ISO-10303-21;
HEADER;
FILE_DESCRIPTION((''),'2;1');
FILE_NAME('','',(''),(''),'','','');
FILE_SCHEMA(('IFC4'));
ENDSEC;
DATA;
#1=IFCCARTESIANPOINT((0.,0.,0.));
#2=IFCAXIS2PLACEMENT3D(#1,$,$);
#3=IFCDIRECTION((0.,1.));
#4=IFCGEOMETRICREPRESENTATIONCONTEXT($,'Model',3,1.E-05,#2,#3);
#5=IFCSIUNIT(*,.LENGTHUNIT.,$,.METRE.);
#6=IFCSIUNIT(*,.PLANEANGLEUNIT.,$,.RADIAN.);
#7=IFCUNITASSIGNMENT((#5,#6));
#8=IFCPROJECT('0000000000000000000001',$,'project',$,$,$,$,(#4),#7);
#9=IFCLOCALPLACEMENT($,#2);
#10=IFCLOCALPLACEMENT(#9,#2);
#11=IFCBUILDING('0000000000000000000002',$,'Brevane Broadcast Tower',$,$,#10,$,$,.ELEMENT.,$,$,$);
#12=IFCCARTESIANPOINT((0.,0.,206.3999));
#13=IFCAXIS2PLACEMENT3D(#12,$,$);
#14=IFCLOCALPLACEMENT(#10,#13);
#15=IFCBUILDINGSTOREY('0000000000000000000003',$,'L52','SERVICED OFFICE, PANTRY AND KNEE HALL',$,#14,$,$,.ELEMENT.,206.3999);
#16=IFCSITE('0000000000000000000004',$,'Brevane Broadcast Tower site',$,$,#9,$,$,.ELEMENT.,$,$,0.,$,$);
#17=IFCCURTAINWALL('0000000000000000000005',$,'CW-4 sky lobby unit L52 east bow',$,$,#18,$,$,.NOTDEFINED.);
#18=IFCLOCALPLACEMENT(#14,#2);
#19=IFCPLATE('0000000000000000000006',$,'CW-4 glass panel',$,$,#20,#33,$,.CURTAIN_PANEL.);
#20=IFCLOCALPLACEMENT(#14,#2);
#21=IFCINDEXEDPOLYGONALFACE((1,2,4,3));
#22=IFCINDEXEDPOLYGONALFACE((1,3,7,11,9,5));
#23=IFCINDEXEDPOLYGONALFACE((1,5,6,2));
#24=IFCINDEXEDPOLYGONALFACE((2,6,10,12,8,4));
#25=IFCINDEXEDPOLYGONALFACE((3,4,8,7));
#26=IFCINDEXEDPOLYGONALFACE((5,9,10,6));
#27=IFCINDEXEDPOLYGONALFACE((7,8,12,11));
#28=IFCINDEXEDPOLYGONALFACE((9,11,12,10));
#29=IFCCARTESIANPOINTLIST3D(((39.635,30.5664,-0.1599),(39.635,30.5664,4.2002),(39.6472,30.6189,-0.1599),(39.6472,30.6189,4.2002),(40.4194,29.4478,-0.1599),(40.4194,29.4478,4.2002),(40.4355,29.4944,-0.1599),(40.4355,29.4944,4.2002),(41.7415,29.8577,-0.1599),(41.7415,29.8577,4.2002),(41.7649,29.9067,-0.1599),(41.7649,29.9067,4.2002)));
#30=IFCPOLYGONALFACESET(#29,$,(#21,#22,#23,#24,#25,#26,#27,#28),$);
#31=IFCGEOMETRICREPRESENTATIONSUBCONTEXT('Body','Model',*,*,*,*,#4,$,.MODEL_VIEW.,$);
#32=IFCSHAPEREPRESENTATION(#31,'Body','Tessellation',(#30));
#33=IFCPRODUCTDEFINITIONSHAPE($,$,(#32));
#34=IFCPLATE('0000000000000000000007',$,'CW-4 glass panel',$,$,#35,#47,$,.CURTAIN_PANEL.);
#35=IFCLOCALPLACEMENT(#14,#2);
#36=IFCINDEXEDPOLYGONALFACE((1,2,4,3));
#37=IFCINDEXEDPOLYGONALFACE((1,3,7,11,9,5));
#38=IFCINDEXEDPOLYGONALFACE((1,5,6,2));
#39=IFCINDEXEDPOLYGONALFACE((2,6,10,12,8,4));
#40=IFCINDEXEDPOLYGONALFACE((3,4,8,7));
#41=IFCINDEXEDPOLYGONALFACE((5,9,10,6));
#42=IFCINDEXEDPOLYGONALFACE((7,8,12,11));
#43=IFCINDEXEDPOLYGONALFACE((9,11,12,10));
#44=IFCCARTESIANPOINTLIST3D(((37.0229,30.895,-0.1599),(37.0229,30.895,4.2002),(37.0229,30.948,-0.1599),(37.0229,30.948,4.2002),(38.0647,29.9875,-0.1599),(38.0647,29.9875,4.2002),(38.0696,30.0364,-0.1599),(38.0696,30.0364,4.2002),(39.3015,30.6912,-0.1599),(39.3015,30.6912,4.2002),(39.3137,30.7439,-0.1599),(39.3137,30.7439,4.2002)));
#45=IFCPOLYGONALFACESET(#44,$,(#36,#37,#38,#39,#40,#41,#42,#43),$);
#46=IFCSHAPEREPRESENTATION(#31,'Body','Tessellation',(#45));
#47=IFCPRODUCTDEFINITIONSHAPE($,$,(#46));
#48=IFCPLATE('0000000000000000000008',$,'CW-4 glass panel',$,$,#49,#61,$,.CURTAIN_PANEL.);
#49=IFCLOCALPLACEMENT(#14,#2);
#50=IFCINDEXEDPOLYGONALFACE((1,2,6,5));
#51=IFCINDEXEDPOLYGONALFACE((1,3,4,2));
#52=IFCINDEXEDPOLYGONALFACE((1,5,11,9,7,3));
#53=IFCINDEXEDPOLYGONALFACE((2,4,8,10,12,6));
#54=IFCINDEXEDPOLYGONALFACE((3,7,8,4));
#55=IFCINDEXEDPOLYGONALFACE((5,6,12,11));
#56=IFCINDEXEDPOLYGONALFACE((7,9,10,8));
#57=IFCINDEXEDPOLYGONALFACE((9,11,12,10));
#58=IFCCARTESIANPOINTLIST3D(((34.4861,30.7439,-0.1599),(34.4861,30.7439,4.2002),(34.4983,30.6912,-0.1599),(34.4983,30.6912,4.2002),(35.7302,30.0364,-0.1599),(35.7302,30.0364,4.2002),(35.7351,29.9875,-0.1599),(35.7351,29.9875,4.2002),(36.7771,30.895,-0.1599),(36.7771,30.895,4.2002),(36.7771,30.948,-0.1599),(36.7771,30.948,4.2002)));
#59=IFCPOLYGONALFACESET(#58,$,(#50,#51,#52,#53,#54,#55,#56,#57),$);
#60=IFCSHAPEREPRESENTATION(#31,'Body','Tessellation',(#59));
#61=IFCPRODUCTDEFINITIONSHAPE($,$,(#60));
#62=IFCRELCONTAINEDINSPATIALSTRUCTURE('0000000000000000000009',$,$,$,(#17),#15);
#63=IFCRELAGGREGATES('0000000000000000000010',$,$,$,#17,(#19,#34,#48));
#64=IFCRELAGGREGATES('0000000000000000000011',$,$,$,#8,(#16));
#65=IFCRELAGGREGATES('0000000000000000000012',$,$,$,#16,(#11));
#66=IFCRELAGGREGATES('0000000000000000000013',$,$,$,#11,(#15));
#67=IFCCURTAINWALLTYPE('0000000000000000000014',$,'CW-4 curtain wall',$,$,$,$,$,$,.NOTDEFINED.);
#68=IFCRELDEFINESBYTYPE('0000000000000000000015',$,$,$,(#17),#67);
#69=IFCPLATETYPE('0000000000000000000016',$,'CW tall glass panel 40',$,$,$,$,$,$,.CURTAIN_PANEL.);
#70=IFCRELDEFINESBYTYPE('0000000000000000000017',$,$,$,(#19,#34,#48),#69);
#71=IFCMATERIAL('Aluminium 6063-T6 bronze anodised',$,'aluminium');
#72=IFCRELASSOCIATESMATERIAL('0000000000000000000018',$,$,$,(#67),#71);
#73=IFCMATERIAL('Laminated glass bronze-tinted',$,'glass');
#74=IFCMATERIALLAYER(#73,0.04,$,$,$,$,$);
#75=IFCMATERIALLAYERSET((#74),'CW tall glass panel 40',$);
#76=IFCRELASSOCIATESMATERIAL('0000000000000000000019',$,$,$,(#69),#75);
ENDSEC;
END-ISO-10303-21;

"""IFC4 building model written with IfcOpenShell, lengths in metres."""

from ifc_helpers import new_model, si_unit, direction, frame, origin, place, context, subcontext, project, spatial, polyline, outline, extrude, material, layer, layer_set, type_object, element, aggregate, save


model = new_model("IFC4")

# Units and contexts
model_context = context("Model", 3, precision=1e-05, world=origin(), true_north=direction((0.0, 1.0)))
body_context = subcontext(model_context, "Body", "Model", "MODEL_VIEW")
ifc_project = project(units=[si_unit("LENGTHUNIT", "METRE"), si_unit("PLANEANGLEUNIT", "RADIAN")], contexts=[model_context])

# Site, building, storey
site_placement = place(None, origin())
site = spatial("IfcSite", under=ifc_project, at=site_placement, Name="Brevane Broadcast Tower site", CompositionType="ELEMENT", RefElevation=0.0)
building_placement = place(site_placement, origin())
building = spatial("IfcBuilding", under=site, at=building_placement, Name="Brevane Broadcast Tower", CompositionType="ELEMENT")
storey_placement = place(building_placement, frame((0.0, 0.0, 206.3999)))
storey = spatial("IfcBuildingStorey", under=building, at=storey_placement, Name="L52", Description="SERVICED OFFICE, PANTRY AND KNEE HALL", CompositionType="ELEMENT", Elevation=206.3999)

# Curtain wall, plates
ifc_material_1 = material(Name="Aluminium 6063-T6 bronze anodised", Category="aluminium")
curtain_wall_type = type_object("IfcCurtainWallType", Name="CW-4 curtain wall", PredefinedType="NOTDEFINED", material=ifc_material_1)
ifc_material_2 = material(Name="Laminated glass bronze-tinted", Category="glass")
ifc_layer = layer(ifc_material_2, 0.04)
ifc_layer_set = layer_set([ifc_layer], Name="CW tall glass panel 40")
plate_type = type_object("IfcPlateType", Name="CW tall glass panel 40", PredefinedType="CURTAIN_PANEL", material=ifc_layer_set)
curtain_wall_1_placement = place(storey_placement, origin())
curtain_wall_1 = element("IfcCurtainWall", 1, at=curtain_wall_1_placement, inside=storey, type_object=curtain_wall_type, Name="CW-4 sky lobby unit L52 east bow", PredefinedType="NOTDEFINED")
plate_1_placement = place(storey_placement, frame((0.0, 0.0, -0.1599)))
plate_1 = element("IfcPlate", 2, at=plate_1_placement, type_object=plate_type, Name="CW-4 glass panel", PredefinedType="CURTAIN_PANEL", context=body_context, shape_type="SweptSolid", body=[
    extrude(outline(polyline([(41.7415, 29.8577), (41.7649, 29.9067), (40.4355, 29.4944), (39.6472, 30.6189), (39.635, 30.5664), (40.4194, 29.4478), (41.7415, 29.8577)])), origin(), (0.0, 0.0, 1.0), 4.3601),
])
plate_2_placement = place(storey_placement, frame((0.0, 0.0, -0.1599)))
plate_2 = element("IfcPlate", 3, at=plate_2_placement, type_object=plate_type, Name="CW-4 glass panel", PredefinedType="CURTAIN_PANEL", context=body_context, shape_type="SweptSolid", body=[
    extrude(outline(polyline([(39.3015, 30.6912), (39.3137, 30.7439), (38.0696, 30.0364), (37.0229, 30.948), (37.0229, 30.895), (38.0647, 29.9875), (39.3015, 30.6912)])), origin(), (0.0, 0.0, 1.0), 4.3601),
])
plate_3_placement = place(storey_placement, frame((0.0, 0.0, -0.1599)))
plate_3 = element("IfcPlate", 4, at=plate_3_placement, type_object=plate_type, Name="CW-4 glass panel", PredefinedType="CURTAIN_PANEL", context=body_context, shape_type="SweptSolid", body=[
    extrude(outline(polyline([(36.7771, 30.895), (36.7771, 30.948), (35.7302, 30.0364), (34.4861, 30.7439), (34.4983, 30.6912), (35.7351, 29.9875), (36.7771, 30.895)])), origin(), (0.0, 0.0, 1.0), 4.3601),
])
aggregate(curtain_wall_1, [plate_1, plate_2, plate_3])

save(model, "model.ifc")
